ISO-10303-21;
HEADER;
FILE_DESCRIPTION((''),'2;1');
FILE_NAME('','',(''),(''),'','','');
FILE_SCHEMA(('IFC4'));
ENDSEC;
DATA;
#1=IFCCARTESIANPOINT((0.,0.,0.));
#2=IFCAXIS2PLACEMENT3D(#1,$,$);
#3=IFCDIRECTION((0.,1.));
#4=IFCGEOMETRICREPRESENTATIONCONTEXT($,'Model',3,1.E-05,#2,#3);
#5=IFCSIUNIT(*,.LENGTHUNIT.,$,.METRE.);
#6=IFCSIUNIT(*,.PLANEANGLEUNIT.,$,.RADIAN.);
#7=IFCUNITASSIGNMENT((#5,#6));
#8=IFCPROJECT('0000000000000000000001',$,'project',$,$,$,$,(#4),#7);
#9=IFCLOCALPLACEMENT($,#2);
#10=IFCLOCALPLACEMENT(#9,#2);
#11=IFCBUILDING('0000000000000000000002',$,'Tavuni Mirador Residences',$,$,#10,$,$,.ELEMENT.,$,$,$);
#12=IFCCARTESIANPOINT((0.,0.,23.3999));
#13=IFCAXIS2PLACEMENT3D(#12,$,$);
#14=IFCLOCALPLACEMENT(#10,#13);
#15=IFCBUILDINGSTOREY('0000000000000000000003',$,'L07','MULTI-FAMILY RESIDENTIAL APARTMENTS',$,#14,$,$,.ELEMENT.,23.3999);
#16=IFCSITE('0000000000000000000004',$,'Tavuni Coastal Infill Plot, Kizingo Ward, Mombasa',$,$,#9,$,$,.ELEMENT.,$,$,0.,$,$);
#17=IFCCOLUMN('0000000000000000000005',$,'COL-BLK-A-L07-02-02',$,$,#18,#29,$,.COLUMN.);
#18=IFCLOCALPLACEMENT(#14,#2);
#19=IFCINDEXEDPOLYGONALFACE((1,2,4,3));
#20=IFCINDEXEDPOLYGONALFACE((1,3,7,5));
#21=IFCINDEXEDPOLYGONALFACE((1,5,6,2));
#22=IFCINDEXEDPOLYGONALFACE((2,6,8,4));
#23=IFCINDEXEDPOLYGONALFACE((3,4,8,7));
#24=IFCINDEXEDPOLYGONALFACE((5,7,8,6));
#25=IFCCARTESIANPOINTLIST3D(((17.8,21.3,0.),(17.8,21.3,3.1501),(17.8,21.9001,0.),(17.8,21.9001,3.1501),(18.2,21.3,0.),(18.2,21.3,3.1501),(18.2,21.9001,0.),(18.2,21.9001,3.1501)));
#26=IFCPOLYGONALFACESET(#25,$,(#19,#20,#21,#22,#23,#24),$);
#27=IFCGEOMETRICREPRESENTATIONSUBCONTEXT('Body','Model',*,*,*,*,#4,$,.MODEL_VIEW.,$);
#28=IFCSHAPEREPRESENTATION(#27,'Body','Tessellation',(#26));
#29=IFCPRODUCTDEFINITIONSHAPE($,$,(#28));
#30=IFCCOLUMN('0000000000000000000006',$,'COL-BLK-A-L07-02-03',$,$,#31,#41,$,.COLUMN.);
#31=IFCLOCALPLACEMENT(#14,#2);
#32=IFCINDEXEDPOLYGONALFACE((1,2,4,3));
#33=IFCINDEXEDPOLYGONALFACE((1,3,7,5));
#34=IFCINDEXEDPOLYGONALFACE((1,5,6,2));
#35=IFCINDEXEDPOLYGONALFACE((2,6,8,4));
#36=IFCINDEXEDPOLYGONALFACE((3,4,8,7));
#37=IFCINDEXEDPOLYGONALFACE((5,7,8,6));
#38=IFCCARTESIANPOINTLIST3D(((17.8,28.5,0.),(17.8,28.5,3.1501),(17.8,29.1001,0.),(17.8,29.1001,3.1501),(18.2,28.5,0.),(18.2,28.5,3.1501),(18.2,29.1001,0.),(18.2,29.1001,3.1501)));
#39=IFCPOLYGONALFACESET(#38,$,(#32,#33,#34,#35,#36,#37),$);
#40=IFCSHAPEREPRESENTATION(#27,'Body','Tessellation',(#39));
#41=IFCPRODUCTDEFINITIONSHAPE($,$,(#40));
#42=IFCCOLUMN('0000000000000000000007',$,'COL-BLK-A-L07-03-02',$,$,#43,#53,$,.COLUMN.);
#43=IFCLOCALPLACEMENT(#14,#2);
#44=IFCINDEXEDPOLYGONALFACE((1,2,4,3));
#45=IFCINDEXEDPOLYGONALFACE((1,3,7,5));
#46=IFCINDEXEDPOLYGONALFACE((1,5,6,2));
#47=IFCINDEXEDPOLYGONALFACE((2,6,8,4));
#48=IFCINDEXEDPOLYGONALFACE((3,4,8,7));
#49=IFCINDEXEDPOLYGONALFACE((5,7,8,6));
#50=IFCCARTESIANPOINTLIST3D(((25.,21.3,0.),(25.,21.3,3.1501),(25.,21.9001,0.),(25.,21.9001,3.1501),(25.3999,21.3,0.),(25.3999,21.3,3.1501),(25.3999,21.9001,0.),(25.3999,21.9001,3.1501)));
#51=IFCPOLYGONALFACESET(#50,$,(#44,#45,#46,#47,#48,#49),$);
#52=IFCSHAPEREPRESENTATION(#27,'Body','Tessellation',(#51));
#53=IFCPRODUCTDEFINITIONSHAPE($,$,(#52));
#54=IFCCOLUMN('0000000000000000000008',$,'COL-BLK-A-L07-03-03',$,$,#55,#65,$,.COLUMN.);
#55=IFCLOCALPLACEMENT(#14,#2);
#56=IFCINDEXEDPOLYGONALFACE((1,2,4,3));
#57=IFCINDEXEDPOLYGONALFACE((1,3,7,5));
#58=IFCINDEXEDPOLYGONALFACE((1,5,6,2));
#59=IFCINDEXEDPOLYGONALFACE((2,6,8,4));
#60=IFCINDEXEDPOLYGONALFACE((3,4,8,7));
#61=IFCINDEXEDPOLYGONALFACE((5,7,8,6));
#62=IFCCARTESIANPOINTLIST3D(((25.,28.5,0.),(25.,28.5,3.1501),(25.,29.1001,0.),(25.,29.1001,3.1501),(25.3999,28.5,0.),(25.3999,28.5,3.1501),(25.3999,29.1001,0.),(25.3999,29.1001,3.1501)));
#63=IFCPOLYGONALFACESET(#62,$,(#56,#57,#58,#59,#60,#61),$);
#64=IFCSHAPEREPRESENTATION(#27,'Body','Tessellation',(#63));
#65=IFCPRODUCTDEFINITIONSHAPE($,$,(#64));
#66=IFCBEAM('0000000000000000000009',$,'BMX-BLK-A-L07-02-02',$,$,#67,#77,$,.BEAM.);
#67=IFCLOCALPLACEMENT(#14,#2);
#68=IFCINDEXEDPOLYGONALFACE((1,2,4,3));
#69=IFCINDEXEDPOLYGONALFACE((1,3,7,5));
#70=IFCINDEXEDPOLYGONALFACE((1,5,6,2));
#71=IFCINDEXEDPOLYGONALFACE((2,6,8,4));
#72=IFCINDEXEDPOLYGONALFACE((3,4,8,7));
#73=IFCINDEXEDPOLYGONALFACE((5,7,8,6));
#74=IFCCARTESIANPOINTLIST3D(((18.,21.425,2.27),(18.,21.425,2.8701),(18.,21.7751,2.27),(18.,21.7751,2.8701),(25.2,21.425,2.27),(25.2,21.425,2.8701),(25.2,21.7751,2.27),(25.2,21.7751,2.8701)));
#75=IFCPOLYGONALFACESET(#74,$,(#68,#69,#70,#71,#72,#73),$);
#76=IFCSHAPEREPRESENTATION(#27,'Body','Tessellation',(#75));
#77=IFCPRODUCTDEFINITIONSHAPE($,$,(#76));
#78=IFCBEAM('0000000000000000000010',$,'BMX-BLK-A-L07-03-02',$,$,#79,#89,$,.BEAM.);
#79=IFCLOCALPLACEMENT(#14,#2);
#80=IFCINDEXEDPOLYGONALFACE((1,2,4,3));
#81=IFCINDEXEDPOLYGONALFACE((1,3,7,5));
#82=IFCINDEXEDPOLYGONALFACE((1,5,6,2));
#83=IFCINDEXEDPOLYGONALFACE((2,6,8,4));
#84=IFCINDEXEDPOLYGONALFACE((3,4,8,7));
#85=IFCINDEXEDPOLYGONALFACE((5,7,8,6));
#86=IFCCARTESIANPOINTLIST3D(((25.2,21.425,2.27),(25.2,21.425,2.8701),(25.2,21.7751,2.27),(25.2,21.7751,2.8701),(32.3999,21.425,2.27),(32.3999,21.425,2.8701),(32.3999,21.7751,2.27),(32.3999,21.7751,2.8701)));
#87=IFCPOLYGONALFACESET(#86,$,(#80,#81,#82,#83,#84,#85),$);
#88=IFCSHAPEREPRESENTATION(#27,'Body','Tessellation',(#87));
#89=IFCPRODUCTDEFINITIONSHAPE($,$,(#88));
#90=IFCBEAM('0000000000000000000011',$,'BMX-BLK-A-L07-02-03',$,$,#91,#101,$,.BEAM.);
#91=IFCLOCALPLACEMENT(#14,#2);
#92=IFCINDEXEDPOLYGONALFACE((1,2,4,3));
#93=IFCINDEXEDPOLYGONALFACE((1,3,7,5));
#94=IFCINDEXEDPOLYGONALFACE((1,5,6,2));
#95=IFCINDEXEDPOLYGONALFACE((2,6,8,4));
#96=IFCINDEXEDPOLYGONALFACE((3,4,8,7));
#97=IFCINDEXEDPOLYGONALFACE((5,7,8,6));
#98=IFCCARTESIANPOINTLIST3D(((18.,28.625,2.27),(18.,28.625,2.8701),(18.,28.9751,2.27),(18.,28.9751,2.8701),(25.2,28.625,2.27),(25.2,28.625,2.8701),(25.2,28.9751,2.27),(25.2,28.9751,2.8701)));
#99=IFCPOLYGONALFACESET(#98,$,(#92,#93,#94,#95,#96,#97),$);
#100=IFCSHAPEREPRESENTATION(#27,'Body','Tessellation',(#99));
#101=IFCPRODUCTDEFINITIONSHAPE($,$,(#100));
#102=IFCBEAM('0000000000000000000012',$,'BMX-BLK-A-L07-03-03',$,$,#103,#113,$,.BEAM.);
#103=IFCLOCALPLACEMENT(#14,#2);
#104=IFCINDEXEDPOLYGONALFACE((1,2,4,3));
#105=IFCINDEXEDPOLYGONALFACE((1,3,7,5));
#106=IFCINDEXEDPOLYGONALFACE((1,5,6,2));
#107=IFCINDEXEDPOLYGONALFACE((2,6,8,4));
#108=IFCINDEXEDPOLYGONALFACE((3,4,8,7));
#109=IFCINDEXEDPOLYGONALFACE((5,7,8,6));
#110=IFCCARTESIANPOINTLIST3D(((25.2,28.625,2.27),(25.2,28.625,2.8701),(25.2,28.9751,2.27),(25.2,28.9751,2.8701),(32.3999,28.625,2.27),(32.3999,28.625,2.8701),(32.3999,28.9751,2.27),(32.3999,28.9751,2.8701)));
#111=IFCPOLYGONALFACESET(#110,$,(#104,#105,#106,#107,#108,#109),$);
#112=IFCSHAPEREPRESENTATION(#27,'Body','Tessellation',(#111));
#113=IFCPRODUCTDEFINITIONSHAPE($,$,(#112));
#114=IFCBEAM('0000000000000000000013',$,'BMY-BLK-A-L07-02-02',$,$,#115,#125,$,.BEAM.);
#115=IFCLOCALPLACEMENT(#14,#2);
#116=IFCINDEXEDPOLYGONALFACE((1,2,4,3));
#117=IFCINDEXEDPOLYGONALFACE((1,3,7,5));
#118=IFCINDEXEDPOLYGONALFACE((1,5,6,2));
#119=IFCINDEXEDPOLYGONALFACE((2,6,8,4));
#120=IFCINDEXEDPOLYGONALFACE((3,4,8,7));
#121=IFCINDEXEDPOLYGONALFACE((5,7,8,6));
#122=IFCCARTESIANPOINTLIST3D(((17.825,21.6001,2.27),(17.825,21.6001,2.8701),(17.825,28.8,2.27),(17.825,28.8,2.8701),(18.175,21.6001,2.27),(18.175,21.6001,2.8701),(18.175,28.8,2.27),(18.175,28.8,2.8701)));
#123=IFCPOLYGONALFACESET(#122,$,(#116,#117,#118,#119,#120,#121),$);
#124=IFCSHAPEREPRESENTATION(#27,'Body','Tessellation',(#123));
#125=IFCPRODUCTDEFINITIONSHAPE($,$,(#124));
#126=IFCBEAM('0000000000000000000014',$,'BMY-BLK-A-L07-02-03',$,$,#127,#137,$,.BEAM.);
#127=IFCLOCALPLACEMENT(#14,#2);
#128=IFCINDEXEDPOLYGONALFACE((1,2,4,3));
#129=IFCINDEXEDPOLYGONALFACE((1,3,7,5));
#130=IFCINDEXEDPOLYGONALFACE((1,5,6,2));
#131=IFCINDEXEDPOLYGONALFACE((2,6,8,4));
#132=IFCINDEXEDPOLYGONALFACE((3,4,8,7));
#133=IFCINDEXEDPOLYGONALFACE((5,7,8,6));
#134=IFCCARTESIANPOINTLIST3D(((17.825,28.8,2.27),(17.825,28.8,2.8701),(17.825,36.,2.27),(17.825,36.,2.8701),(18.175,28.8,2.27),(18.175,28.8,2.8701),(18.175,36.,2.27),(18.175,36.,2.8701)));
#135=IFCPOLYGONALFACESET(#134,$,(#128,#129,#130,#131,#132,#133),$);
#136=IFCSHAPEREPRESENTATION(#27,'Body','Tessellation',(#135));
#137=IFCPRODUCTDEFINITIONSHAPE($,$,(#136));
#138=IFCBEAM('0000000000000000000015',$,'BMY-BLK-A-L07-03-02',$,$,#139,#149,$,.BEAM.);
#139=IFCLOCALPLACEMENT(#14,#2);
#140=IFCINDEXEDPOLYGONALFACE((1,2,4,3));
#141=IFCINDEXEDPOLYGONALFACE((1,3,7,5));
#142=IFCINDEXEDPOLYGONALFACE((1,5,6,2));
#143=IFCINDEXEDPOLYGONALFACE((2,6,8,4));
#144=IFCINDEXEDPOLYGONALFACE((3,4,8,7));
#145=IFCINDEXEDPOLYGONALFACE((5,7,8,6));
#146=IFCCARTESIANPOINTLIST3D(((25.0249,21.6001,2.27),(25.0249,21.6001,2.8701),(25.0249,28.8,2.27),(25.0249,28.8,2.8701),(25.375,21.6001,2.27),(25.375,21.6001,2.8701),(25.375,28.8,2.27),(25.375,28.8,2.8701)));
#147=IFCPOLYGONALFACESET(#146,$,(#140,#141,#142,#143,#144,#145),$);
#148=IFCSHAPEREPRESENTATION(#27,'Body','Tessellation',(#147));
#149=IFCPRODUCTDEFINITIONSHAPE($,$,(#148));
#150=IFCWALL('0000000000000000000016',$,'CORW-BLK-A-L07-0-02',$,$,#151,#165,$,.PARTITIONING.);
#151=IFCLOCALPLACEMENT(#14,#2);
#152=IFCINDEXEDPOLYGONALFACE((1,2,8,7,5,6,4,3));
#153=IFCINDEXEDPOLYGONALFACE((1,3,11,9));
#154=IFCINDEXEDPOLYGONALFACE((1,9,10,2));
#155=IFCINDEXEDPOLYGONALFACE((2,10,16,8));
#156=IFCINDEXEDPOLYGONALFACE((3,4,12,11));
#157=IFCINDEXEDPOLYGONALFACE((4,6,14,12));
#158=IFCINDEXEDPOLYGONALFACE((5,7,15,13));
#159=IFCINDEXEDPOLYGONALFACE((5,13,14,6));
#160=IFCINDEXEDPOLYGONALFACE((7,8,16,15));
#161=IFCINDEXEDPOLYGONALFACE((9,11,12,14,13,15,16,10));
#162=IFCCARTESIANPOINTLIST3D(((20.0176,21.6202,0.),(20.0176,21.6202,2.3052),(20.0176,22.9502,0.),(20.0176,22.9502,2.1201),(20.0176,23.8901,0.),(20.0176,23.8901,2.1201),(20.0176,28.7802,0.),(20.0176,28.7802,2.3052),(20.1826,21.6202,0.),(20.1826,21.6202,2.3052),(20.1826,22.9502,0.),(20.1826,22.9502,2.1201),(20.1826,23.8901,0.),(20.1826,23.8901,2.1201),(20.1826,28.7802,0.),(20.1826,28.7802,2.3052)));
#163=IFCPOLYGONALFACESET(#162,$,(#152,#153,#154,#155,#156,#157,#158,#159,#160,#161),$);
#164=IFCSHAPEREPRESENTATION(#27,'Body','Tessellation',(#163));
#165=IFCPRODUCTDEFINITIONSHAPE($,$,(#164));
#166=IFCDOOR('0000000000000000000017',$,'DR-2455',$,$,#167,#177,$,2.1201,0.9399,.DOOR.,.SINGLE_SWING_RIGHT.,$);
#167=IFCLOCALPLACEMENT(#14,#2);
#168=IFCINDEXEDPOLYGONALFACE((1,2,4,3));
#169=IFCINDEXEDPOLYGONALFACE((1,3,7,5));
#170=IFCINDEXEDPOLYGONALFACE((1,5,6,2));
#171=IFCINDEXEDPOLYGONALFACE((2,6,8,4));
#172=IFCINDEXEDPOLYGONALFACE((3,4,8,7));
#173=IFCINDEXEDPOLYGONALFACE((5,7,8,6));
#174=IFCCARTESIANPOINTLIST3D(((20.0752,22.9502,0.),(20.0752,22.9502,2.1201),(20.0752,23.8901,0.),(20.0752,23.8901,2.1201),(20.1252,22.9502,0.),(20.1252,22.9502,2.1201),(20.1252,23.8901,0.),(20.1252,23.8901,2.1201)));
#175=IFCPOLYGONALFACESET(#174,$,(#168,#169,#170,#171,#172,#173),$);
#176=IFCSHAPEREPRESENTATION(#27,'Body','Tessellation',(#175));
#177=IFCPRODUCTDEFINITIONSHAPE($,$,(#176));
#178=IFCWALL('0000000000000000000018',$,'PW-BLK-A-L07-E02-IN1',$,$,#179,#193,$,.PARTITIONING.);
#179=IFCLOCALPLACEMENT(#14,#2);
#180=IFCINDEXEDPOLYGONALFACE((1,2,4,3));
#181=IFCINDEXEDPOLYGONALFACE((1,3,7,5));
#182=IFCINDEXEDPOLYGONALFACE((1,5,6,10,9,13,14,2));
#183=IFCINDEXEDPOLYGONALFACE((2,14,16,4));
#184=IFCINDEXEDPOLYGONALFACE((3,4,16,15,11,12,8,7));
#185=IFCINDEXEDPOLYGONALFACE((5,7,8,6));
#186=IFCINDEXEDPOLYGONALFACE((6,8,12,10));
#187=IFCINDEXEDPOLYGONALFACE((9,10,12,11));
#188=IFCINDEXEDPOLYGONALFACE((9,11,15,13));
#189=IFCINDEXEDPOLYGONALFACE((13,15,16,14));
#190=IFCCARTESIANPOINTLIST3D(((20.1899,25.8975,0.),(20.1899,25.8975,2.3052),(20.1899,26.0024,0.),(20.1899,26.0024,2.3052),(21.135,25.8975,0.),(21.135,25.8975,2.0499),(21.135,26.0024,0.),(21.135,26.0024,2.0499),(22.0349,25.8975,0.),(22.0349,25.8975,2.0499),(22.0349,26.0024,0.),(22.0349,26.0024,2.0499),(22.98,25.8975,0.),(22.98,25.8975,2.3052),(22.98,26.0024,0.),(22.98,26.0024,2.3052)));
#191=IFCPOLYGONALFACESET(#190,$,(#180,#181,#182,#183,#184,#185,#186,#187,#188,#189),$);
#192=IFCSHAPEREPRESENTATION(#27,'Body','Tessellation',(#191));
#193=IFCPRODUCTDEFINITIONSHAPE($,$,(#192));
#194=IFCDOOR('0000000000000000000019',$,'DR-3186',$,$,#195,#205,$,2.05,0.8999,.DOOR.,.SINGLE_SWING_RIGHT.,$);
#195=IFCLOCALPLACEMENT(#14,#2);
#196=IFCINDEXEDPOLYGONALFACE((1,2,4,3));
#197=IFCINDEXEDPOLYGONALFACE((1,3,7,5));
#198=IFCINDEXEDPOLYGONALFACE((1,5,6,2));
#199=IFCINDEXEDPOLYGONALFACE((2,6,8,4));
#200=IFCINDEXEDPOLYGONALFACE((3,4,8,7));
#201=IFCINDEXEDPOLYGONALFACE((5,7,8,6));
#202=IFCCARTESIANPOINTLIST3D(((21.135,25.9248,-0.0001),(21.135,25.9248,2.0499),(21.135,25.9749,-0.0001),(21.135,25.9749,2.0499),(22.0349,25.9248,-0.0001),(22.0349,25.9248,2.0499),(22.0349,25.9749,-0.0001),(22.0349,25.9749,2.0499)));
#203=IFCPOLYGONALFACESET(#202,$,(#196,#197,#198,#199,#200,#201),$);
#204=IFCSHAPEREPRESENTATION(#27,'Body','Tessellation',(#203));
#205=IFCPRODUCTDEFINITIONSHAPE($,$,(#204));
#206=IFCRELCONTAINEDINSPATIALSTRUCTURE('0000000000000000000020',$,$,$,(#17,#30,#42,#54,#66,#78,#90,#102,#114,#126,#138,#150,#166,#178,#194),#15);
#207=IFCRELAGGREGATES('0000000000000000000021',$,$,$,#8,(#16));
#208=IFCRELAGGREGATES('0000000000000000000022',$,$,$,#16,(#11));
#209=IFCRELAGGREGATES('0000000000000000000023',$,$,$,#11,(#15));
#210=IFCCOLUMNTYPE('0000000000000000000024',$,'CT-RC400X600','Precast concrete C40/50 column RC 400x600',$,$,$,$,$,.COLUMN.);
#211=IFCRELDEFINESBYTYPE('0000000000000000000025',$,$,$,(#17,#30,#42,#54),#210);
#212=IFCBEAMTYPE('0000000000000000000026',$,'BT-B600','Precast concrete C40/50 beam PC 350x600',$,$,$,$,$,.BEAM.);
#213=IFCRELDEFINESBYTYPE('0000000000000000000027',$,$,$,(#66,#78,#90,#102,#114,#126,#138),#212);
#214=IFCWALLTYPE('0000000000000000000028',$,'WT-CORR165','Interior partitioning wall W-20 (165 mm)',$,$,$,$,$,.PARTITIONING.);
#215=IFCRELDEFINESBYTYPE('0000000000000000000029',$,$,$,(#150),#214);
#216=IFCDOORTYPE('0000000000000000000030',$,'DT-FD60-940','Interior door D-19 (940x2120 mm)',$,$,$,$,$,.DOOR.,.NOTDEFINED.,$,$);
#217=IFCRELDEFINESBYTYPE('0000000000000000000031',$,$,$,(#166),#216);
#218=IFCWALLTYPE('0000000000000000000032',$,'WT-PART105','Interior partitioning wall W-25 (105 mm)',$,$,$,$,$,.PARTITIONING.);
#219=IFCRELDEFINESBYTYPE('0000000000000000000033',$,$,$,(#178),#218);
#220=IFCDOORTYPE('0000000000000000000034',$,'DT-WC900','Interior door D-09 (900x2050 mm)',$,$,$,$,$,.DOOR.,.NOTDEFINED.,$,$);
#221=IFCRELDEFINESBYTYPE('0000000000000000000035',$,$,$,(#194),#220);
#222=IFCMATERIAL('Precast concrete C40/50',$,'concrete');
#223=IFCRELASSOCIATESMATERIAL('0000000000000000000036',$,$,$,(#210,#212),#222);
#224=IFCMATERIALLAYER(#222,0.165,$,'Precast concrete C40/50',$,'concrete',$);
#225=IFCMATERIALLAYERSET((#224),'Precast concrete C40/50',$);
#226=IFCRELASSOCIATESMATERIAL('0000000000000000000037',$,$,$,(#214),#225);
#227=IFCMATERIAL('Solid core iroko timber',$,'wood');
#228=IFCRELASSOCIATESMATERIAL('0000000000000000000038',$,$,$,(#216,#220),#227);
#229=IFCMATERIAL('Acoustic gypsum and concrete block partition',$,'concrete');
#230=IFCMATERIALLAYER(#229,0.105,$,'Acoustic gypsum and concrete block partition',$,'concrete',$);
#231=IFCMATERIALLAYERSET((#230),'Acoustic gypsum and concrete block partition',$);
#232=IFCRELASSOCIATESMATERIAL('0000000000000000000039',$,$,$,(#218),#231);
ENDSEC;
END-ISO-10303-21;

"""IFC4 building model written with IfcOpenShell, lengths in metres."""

from ifc_helpers import new_model, si_unit, direction, frame, frame_2d, origin, origin_2d, place, context, subcontext, project, spatial, rectangle, extrude, material, layer, layer_set, material_profile, profile_set, type_object, element, fill, save


model = new_model("IFC4")

# Units and contexts
model_context = context("Model", 3, precision=1e-05, world=origin(), true_north=direction((0.0, 1.0)))
body_context = subcontext(model_context, "Body", "Model", "MODEL_VIEW")
ifc_project = project(units=[si_unit("LENGTHUNIT", "METRE"), si_unit("PLANEANGLEUNIT", "RADIAN")], contexts=[model_context])

# Site, building, storey
site_placement = place(None, origin())
site = spatial("IfcSite", under=ifc_project, at=site_placement, Name="Tavuni Coastal Infill Plot, Kizingo Ward, Mombasa", CompositionType="ELEMENT", RefElevation=0.0)
building_placement = place(site_placement, origin())
building = spatial("IfcBuilding", under=site, at=building_placement, Name="Tavuni Mirador Residences", CompositionType="ELEMENT")
storey_placement = place(building_placement, frame((0.0, 0.0, 23.3999)))
storey = spatial("IfcBuildingStorey", under=building, at=storey_placement, Name="L07", Description="MULTI-FAMILY RESIDENTIAL APARTMENTS", CompositionType="ELEMENT", Elevation=23.3999)

# Columns
ifc_material_1 = material(Name="Precast concrete C40/50", Category="concrete")
ifc_material_profile_1 = material_profile(ifc_material_1, rectangle(XDim=0.3999, YDim=0.6001, at=origin_2d()), Name="RC 400x600", Category="concrete")
ifc_profile_set_1 = profile_set([ifc_material_profile_1], Name="Precast concrete C40/50")
column_type = type_object("IfcColumnType", Name="CT-RC400X600", Description="Precast concrete C40/50 column RC 400x600", PredefinedType="COLUMN", material=ifc_profile_set_1)
for number, where, z_axis, x_axis, name in (
    (1, (18.0, 21.6001, 0.0), (0.0, 0.0, 1.0), (1.0, 0.0, 0.0), "COL-BLK-A-L07-02-02"),
    (2, (18.0, 28.8, 0.0), (0.0, 0.0, 1.0), (1.0, 0.0, 0.0), "COL-BLK-A-L07-02-03"),
    (3, (25.2, 21.6001, 0.0), (0.0, 0.0, 1.0), (1.0, 0.0, 0.0), "COL-BLK-A-L07-03-02"),
    (4, (25.2, 28.8, 0.0), (0.0, 0.0, 1.0), (1.0, 0.0, 0.0), "COL-BLK-A-L07-03-03"),
):
    element("IfcColumn", number, at=place(storey_placement, frame(where, z_axis=z_axis, x_axis=x_axis)), inside=storey, type_object=column_type, Name=name, PredefinedType="COLUMN", context=body_context, shape_type="SweptSolid", body=[
        extrude(rectangle(XDim=0.3999, YDim=0.6001, at=origin_2d()), origin(), (0.0, 0.0, 1.0), 3.1501),
    ])

# Beams
ifc_material_profile_2 = material_profile(ifc_material_1, rectangle(XDim=0.3501, YDim=0.6001, at=origin_2d()), Name="PC 350x600", Category="concrete")
ifc_profile_set_2 = profile_set([ifc_material_profile_2], Name="Precast concrete C40/50")
beam_type = type_object("IfcBeamType", Name="BT-B600", Description="Precast concrete C40/50 beam PC 350x600", PredefinedType="BEAM", material=ifc_profile_set_2)
for number, where, z_axis, x_axis, name in (
    (5, (18.0, 21.6001, 2.5701), (1.0, 0.0, 0.0), (0.0, 1.0, 0.0), "BMX-BLK-A-L07-02-02"),
    (6, (25.2, 21.6001, 2.5701), (1.0, 0.0, 0.0), (0.0, 1.0, 0.0), "BMX-BLK-A-L07-03-02"),
    (7, (18.0, 28.8, 2.5701), (1.0, 0.0, 0.0), (0.0, 1.0, 0.0), "BMX-BLK-A-L07-02-03"),
    (8, (25.2, 28.8, 2.5701), (1.0, 0.0, 0.0), (0.0, 1.0, 0.0), "BMX-BLK-A-L07-03-03"),
    (9, (18.0, 21.6001, 2.5701), (0.0, 1.0, 0.0), (-1.0, 0.0, 0.0), "BMY-BLK-A-L07-02-02"),
    (10, (18.0, 28.8, 2.5701), (0.0, 1.0, 0.0), (-1.0, 0.0, 0.0), "BMY-BLK-A-L07-02-03"),
    (11, (25.2, 21.6001, 2.5701), (0.0, 1.0, 0.0), (-1.0, 0.0, 0.0), "BMY-BLK-A-L07-03-02"),
):
    element("IfcBeam", number, at=place(storey_placement, frame(where, z_axis=z_axis, x_axis=x_axis)), inside=storey, type_object=beam_type, Name=name, PredefinedType="BEAM", context=body_context, shape_type="SweptSolid", body=[
        extrude(rectangle(XDim=0.3501, YDim=0.6001, at=origin_2d()), origin(), (0.0, 0.0, 1.0), 7.2),
    ])

# Walls, openings, doors
ifc_layer_1 = layer(ifc_material_1, 0.165, Name="Precast concrete C40/50", Category="concrete")
ifc_layer_set_1 = layer_set([ifc_layer_1], Name="Precast concrete C40/50")
wall_type_1 = type_object("IfcWallType", Name="WT-CORR165", Description="Interior partitioning wall W-20 (165 mm)", PredefinedType="PARTITIONING", material=ifc_layer_set_1)
wall_1_placement = place(storey_placement, frame((20.1001, 21.6201, 0.0), z_axis=(0.0, 0.0, 1.0), x_axis=(0.0, 1.0, 0.0)))
wall_1 = element("IfcWall", 12, at=wall_1_placement, inside=storey, type_object=wall_type_1, Name="CORW-BLK-A-L07-0-02", PredefinedType="PARTITIONING", context=body_context, shape_type="SweptSolid", body=[
    extrude(rectangle(XDim=7.1599, YDim=0.165, at=frame_2d((3.5801, 0.0))), origin(), (0.0, 0.0, 1.0), 2.3052),
])
opening_1_placement = place(wall_1_placement, frame((1.3301, 0.0, 0.0)))
opening_1 = element("IfcOpeningElement", 13, at=opening_1_placement, cuts=wall_1, PredefinedType="OPENING", context=body_context, shape_type="SweptSolid", body=[
    extrude(rectangle(XDim=0.9399, YDim=2.1201, at=frame_2d((0.47, 1.0601))), frame((0.0, 0.0925, 0.0), z_axis=(0.0, -1.0, 0.0), x_axis=(1.0, 0.0, 0.0)), (0.0, 0.0, 1.0), 0.1851),
])
ifc_material_2 = material(Name="Solid core iroko timber", Category="wood")
door_type_1 = type_object("IfcDoorType", Name="DT-FD60-940", Description="Interior door D-19 (940x2120 mm)", OperationType="NOTDEFINED", PredefinedType="DOOR", material=ifc_material_2)
door_1_placement = place(opening_1_placement, origin())
door_1 = element("IfcDoor", 14, at=door_1_placement, inside=storey, type_object=door_type_1, Name="DR-2455", OperationType="SINGLE_SWING_RIGHT", OverallHeight=2.1201, OverallWidth=0.9399, PredefinedType="DOOR", context=body_context, shape_type="SweptSolid", body=[
    extrude(rectangle(XDim=0.9399, YDim=2.1201, at=frame_2d((0.47, 1.0601))), frame((0.0, 0.0249, 0.0), z_axis=(0.0, -1.0, 0.0), x_axis=(1.0, 0.0, 0.0)), (0.0, 0.0, 1.0), 0.05),
])
fill(opening_1, door_1)
ifc_material_3 = material(Name="Acoustic gypsum and concrete block partition", Category="concrete")
ifc_layer_2 = layer(ifc_material_3, 0.105, Name="Acoustic gypsum and concrete block partition", Category="concrete")
ifc_layer_set_2 = layer_set([ifc_layer_2], Name="Acoustic gypsum and concrete block partition")
wall_type_2 = type_object("IfcWallType", Name="WT-PART105", Description="Interior partitioning wall W-25 (105 mm)", PredefinedType="PARTITIONING", material=ifc_layer_set_2)
wall_2_placement = place(storey_placement, frame((20.1899, 25.95, 0.0), z_axis=(0.0, 0.0, 1.0), x_axis=(1.0, 0.0, 0.0)))
wall_2 = element("IfcWall", 15, at=wall_2_placement, inside=storey, type_object=wall_type_2, Name="PW-BLK-A-L07-E02-IN1", PredefinedType="PARTITIONING", context=body_context, shape_type="SweptSolid", body=[
    extrude(rectangle(XDim=2.79, YDim=0.105, at=frame_2d((1.395, 0.0))), origin(), (0.0, 0.0, 1.0), 2.3052),
])
opening_2_placement = place(wall_2_placement, frame((0.9451, 0.0, 0.0)))
opening_2 = element("IfcOpeningElement", 16, at=opening_2_placement, cuts=wall_2, PredefinedType="OPENING", context=body_context, shape_type="SweptSolid", body=[
    extrude(rectangle(XDim=0.8999, YDim=2.05, at=frame_2d((0.45, 1.0249))), frame((0.0, 0.0625, 0.0), z_axis=(0.0, -1.0, 0.0), x_axis=(1.0, 0.0, 0.0)), (0.0, 0.0, 1.0), 0.125),
])
door_type_2 = type_object("IfcDoorType", Name="DT-WC900", Description="Interior door D-09 (900x2050 mm)", OperationType="NOTDEFINED", PredefinedType="DOOR", material=ifc_material_2)
door_2_placement = place(opening_2_placement, origin())
door_2 = element("IfcDoor", 17, at=door_2_placement, inside=storey, type_object=door_type_2, Name="DR-3186", OperationType="SINGLE_SWING_RIGHT", OverallHeight=2.05, OverallWidth=0.8999, PredefinedType="DOOR", context=body_context, shape_type="SweptSolid", body=[
    extrude(rectangle(XDim=0.8999, YDim=2.05, at=frame_2d((0.45, 1.0249))), frame((0.0, 0.0249, 0.0), z_axis=(0.0, -1.0, 0.0), x_axis=(1.0, 0.0, 0.0)), (0.0, 0.0, 1.0), 0.05),
])
fill(opening_2, door_2)

save(model, "model.ifc")
